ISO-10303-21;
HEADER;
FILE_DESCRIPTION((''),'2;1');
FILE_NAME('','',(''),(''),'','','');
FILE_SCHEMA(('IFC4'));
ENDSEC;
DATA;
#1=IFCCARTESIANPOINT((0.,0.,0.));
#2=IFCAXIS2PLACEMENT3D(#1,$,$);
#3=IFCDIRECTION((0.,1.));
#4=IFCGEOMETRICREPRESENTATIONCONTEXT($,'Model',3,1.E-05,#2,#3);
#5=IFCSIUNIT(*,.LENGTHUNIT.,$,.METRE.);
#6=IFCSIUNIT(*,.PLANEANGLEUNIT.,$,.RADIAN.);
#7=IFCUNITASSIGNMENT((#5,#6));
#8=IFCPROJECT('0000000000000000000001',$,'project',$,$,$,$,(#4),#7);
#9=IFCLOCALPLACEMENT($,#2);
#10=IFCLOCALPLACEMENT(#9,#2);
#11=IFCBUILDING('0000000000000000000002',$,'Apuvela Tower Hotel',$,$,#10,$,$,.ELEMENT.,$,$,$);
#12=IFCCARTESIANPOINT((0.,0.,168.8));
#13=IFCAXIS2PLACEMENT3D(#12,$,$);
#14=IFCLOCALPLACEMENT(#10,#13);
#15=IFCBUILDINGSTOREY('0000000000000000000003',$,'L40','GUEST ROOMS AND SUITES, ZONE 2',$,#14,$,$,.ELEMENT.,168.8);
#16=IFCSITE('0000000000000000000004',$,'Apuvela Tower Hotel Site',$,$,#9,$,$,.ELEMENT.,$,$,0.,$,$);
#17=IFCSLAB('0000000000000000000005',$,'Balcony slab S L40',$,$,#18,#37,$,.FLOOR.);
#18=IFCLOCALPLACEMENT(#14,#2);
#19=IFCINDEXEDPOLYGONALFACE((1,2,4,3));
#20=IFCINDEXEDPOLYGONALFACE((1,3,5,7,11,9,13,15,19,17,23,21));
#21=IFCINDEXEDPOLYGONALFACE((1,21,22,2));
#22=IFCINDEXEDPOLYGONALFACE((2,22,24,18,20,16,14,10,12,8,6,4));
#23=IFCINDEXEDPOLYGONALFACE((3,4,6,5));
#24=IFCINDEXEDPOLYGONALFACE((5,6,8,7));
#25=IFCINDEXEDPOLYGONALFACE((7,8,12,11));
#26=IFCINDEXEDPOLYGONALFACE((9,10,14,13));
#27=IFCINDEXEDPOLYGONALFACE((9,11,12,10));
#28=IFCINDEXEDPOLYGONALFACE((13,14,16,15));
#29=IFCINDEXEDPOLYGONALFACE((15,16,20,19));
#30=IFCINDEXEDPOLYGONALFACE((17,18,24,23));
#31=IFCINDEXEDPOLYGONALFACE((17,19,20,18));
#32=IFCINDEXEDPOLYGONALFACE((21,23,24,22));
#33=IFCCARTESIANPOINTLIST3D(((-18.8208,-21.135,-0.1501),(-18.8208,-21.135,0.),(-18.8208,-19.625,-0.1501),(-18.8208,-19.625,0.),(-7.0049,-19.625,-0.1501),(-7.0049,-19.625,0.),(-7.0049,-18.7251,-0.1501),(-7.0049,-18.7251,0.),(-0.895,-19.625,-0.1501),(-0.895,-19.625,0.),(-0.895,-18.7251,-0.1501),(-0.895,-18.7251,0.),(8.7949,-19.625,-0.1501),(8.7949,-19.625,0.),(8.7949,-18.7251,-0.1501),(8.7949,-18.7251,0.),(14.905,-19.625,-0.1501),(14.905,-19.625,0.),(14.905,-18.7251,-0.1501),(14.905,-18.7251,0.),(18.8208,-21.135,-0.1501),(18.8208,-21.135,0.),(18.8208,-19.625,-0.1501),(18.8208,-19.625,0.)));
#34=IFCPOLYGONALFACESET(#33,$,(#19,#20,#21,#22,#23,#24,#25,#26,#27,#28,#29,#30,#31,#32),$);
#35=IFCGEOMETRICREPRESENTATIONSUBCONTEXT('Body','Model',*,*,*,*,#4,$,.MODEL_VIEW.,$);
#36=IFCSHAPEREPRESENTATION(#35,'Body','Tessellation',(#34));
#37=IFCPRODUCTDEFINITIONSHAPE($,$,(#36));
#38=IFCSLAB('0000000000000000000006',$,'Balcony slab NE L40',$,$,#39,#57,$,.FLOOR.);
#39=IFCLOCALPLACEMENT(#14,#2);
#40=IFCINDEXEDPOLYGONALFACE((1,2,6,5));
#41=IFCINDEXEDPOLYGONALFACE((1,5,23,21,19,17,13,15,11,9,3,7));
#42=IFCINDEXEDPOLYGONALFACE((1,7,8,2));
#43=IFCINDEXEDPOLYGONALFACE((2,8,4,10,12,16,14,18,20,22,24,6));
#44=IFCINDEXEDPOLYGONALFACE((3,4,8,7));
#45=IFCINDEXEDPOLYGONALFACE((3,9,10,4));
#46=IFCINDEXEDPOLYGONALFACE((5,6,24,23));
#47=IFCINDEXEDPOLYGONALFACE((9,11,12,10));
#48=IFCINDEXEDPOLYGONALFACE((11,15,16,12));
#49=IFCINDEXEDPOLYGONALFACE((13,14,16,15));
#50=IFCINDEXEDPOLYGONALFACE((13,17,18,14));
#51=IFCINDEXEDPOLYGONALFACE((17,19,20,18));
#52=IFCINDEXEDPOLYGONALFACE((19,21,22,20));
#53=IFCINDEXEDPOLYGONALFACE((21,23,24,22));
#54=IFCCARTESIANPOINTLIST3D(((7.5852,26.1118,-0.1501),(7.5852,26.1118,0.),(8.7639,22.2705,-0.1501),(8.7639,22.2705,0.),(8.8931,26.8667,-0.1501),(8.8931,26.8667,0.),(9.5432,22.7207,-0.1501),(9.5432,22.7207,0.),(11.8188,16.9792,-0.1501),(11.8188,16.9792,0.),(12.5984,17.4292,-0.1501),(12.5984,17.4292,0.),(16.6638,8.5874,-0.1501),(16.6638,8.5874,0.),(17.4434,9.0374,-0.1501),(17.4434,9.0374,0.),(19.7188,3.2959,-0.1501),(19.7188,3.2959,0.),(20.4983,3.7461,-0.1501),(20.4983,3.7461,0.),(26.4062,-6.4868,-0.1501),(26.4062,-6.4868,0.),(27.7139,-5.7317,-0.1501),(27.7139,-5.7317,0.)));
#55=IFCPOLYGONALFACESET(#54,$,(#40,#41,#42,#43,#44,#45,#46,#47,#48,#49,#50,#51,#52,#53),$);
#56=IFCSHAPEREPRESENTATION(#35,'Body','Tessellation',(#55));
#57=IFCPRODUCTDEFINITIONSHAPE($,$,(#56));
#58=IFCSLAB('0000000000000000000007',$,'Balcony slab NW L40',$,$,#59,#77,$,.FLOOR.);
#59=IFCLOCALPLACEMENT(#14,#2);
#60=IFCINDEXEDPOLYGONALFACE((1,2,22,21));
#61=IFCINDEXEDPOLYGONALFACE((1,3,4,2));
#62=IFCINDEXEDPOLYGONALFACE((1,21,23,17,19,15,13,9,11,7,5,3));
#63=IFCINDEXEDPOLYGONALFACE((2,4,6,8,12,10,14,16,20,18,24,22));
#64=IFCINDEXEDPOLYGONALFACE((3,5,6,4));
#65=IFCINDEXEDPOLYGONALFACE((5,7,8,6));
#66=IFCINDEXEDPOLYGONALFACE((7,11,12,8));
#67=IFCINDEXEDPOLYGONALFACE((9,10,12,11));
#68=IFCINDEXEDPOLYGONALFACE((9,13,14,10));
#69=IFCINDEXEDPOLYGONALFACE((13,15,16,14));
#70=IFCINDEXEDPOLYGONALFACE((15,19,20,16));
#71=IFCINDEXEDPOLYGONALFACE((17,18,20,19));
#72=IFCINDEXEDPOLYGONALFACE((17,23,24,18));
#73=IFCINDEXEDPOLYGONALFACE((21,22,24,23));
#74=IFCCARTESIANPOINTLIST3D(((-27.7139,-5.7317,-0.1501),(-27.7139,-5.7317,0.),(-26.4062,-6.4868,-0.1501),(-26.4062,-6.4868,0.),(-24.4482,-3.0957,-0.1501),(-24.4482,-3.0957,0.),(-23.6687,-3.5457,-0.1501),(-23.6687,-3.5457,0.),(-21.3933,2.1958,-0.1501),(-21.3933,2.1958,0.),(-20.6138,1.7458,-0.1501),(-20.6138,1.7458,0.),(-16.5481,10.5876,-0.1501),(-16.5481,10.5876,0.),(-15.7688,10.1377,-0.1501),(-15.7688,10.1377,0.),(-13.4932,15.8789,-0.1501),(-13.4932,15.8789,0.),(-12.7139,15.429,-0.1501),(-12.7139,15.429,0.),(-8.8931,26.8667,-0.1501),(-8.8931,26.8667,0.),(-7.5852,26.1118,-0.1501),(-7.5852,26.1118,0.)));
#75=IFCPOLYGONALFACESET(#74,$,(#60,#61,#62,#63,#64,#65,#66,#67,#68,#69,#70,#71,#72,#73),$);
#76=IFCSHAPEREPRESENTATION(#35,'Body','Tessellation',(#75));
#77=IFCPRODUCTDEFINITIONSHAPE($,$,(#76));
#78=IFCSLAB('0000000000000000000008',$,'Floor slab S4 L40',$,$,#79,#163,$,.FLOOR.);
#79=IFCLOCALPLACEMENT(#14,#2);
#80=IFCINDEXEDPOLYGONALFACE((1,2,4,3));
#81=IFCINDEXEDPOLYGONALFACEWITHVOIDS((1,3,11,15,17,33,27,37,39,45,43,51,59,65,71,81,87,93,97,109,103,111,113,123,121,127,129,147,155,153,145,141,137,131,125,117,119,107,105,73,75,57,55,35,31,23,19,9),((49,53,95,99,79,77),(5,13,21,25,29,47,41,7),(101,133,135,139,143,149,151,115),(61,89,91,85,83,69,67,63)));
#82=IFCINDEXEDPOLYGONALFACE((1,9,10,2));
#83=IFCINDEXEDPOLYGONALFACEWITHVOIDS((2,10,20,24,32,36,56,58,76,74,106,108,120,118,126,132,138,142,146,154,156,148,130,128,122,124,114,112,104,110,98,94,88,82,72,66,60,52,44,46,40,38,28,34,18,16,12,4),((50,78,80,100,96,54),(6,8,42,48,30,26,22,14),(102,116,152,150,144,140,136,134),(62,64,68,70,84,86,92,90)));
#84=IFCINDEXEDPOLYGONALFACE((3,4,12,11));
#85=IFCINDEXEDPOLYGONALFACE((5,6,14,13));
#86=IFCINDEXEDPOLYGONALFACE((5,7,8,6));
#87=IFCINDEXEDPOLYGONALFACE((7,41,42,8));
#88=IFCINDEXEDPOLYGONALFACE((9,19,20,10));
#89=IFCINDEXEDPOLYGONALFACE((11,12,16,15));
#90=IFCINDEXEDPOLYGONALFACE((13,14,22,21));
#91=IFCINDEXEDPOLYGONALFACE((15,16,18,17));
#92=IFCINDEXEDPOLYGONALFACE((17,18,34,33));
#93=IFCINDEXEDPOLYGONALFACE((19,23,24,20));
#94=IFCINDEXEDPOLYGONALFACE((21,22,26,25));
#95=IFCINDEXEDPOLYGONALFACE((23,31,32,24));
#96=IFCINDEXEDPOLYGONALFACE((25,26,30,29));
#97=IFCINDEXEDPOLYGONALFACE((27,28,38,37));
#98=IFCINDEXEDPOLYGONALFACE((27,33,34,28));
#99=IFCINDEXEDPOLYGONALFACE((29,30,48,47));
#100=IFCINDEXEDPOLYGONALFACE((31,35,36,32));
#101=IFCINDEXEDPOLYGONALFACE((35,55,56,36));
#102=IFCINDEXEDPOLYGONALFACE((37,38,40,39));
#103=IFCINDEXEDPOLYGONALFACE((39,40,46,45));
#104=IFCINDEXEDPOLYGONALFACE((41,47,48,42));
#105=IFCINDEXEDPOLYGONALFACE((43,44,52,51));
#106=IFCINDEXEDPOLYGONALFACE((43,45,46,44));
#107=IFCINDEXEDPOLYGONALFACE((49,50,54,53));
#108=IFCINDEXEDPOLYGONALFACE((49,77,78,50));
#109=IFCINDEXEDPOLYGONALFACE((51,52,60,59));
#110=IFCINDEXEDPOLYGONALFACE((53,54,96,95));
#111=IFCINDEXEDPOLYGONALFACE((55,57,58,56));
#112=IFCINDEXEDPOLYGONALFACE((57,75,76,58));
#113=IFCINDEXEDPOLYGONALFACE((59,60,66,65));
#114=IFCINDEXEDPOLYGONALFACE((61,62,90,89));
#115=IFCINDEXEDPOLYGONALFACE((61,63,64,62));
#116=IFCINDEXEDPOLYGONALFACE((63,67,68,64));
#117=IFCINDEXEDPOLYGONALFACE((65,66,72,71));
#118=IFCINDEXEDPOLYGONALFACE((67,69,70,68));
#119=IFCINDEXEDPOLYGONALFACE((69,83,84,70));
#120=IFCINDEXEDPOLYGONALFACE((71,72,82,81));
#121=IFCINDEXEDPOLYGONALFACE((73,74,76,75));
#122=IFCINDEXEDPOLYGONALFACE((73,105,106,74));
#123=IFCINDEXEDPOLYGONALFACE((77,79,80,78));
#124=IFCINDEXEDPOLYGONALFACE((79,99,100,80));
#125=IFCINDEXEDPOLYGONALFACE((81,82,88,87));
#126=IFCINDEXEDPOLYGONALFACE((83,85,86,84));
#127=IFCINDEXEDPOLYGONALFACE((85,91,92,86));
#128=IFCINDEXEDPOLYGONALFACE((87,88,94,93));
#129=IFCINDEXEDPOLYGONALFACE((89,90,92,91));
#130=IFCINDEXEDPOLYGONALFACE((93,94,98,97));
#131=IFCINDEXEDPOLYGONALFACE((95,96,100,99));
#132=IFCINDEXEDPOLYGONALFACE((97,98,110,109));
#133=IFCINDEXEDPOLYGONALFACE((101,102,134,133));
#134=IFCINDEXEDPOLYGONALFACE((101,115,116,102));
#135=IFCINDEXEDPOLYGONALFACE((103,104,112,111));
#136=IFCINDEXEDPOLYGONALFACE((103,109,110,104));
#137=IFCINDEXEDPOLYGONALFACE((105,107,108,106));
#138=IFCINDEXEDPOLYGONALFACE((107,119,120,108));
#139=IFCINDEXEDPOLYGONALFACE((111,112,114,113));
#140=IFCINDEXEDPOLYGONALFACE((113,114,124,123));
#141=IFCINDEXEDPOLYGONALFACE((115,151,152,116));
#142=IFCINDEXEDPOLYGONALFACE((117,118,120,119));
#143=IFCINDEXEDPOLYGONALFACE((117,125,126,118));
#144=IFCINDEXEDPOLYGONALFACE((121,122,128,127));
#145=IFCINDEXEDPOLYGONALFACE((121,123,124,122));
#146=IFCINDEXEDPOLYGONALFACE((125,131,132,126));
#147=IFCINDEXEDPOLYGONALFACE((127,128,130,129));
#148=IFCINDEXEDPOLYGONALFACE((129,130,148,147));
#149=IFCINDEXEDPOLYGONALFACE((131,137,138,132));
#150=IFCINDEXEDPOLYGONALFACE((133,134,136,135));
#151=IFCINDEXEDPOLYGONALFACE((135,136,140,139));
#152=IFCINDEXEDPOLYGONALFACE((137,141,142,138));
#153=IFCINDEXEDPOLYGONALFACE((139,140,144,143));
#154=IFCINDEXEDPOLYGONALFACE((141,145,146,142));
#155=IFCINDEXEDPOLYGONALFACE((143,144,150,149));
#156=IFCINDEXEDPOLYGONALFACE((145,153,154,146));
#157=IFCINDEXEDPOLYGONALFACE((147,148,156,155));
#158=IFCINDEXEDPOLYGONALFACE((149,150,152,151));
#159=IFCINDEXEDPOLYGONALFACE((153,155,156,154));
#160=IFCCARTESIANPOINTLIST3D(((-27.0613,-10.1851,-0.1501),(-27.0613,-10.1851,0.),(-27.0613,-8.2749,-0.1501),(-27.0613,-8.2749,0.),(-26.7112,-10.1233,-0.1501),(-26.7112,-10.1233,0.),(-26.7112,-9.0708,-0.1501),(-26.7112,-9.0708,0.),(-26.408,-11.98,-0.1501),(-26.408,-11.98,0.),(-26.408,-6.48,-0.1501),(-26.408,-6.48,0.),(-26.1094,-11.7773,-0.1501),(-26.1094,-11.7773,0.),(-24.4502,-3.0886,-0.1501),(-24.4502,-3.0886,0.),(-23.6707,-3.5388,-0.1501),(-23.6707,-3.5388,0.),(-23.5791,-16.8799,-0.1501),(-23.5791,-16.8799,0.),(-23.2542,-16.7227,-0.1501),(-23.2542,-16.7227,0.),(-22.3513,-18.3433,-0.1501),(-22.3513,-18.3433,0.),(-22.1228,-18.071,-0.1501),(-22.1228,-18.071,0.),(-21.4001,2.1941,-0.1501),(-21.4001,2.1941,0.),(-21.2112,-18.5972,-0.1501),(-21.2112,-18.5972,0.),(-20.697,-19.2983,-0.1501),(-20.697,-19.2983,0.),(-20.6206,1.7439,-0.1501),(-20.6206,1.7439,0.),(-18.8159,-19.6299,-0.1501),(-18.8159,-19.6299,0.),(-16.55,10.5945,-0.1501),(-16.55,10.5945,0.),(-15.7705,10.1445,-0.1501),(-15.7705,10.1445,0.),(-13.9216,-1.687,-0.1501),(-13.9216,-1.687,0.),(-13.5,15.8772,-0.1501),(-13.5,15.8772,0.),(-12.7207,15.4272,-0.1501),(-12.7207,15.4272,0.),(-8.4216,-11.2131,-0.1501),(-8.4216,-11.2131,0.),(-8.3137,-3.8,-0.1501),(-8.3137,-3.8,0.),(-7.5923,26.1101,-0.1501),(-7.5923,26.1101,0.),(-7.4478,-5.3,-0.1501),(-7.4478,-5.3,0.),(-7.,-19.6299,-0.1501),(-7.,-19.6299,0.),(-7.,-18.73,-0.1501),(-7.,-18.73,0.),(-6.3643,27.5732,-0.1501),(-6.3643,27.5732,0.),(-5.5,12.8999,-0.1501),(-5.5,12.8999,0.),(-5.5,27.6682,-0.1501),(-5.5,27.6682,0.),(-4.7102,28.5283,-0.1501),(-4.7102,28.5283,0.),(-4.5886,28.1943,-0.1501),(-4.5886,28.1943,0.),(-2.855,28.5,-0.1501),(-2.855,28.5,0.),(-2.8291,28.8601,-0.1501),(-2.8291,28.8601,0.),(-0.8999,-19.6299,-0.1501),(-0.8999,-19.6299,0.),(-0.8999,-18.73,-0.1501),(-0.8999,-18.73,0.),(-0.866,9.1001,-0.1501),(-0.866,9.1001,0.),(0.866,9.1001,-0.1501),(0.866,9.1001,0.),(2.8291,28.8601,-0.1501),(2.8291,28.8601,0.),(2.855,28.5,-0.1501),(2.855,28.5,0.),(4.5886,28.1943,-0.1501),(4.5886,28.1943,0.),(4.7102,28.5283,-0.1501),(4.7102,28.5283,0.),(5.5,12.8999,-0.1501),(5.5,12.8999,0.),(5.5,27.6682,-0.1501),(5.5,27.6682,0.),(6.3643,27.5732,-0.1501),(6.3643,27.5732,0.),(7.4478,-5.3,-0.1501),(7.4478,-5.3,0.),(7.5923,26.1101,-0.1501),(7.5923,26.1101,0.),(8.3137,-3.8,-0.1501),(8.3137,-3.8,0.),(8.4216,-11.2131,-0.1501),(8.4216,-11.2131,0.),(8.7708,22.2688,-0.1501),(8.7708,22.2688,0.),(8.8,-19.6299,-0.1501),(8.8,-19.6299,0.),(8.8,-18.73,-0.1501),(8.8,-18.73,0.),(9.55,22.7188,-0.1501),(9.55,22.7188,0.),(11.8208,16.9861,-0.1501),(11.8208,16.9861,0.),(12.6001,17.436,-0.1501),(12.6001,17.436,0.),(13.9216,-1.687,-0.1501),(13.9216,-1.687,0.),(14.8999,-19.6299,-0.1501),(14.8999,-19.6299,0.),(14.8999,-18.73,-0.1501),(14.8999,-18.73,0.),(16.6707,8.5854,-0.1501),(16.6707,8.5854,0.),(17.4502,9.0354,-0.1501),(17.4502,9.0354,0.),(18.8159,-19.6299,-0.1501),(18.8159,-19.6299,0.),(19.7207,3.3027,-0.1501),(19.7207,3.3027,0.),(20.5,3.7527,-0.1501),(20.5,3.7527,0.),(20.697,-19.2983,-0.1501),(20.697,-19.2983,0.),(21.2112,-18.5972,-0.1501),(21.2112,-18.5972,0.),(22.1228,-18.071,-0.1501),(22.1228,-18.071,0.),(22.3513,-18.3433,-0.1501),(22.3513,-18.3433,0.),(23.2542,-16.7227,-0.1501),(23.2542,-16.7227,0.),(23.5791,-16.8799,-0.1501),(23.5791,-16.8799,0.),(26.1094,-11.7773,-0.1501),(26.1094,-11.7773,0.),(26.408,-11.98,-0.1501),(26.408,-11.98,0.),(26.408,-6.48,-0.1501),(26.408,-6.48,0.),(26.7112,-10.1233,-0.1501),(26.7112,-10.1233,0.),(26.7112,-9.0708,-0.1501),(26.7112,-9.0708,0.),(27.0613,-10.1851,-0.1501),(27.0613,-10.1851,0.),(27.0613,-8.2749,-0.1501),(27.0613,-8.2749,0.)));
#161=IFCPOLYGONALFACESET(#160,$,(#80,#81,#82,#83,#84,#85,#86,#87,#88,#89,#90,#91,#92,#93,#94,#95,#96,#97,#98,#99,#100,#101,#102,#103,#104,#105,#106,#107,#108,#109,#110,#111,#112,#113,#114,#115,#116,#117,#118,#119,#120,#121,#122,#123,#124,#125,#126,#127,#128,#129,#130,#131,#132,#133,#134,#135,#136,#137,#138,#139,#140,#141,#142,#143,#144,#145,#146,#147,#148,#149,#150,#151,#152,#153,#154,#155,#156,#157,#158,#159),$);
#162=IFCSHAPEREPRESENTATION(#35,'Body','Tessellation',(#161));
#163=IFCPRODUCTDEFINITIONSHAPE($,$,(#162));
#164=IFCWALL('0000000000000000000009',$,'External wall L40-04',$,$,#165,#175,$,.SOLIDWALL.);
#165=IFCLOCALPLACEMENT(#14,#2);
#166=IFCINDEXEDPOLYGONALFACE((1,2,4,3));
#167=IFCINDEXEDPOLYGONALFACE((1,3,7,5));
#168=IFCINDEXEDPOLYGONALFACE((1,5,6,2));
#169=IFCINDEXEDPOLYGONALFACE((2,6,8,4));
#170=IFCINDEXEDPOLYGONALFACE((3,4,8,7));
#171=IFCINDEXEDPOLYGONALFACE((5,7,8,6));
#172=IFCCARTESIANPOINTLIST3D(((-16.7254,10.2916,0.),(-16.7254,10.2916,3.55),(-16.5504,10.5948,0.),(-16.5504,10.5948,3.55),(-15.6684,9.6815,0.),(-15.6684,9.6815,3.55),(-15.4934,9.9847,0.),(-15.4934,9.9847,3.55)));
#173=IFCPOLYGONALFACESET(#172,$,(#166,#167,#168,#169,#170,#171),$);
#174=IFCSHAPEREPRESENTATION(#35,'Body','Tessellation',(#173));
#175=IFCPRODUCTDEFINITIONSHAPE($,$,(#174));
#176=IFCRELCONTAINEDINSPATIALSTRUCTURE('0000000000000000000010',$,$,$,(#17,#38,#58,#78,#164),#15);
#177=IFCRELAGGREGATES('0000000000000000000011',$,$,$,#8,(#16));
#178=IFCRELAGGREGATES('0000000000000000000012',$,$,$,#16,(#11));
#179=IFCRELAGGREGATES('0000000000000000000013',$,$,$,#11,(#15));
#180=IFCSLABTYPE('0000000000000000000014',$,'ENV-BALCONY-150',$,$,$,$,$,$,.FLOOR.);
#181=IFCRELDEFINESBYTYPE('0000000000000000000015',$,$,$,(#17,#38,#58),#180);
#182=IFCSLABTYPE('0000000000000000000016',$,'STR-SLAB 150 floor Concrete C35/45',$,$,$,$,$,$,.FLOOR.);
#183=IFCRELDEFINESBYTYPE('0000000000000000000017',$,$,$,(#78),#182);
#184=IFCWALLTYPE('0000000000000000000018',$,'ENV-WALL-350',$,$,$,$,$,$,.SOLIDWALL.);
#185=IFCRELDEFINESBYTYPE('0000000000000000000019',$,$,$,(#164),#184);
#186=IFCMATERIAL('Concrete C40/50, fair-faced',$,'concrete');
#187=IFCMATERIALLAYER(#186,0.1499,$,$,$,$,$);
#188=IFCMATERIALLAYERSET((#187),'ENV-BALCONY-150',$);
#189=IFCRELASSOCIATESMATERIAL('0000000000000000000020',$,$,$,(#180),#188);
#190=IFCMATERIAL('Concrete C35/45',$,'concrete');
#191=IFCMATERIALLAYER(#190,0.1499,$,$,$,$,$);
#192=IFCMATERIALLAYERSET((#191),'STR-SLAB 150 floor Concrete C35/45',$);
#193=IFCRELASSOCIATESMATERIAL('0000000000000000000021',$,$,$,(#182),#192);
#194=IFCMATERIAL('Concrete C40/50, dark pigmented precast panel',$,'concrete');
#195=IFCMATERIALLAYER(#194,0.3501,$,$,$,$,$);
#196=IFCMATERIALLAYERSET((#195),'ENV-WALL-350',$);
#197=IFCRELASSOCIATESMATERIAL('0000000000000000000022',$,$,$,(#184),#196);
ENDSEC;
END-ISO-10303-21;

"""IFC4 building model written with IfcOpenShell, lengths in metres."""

from ifc_helpers import new_model, si_unit, direction, frame, frame_2d, origin, place, context, subcontext, project, spatial, polyline, rectangle, outline, extrude, material, layer, layer_set, type_object, element, save


model = new_model("IFC4")

# Units and contexts
model_context = context("Model", 3, precision=1e-05, world=origin(), true_north=direction((0.0, 1.0)))
body_context = subcontext(model_context, "Body", "Model", "MODEL_VIEW")
ifc_project = project(units=[si_unit("LENGTHUNIT", "METRE"), si_unit("PLANEANGLEUNIT", "RADIAN")], contexts=[model_context])

# Site, building, storey
site_placement = place(None, origin())
site = spatial("IfcSite", under=ifc_project, at=site_placement, Name="Apuvela Tower Hotel Site", CompositionType="ELEMENT", RefElevation=0.0)
building_placement = place(site_placement, origin())
building = spatial("IfcBuilding", under=site, at=building_placement, Name="Apuvela Tower Hotel", CompositionType="ELEMENT")
storey_placement = place(building_placement, frame((0.0, 0.0, 168.8)))
storey = spatial("IfcBuildingStorey", under=building, at=storey_placement, Name="L40", Description="GUEST ROOMS AND SUITES, ZONE 2", CompositionType="ELEMENT", Elevation=168.8)

# Slabs
ifc_material_1 = material(Name="Concrete C40/50, fair-faced", Category="concrete")
ifc_layer_1 = layer(ifc_material_1, 0.1499)
ifc_layer_set_1 = layer_set([ifc_layer_1], Name="ENV-BALCONY-150")
slab_type_1 = type_object("IfcSlabType", Name="ENV-BALCONY-150", PredefinedType="FLOOR", material=ifc_layer_set_1)
slab_1_placement = place(storey_placement, frame((0.0, 0.0, -0.1501)))
element("IfcSlab", 1, at=slab_1_placement, inside=storey, type_object=slab_type_1, Name="Balcony slab S L40", PredefinedType="FLOOR", context=body_context, shape_type="SweptSolid", body=[
    extrude(outline(polyline([(18.8208, -21.135), (-18.8208, -21.135), (-18.8208, -19.625), (-7.0049, -19.625), (-7.0049, -18.7251), (-0.895, -18.7251), (-0.895, -19.625), (8.7949, -19.625), (8.7949, -18.7251), (14.905, -18.7251), (14.905, -19.625), (18.8208, -19.625), (18.8208, -21.135)])), origin(), (0.0, 0.0, 1.0), 0.1501),
])
slab_2_placement = place(storey_placement, frame((0.0, 0.0, -0.1501)))
element("IfcSlab", 2, at=slab_2_placement, inside=storey, type_object=slab_type_1, Name="Balcony slab NE L40", PredefinedType="FLOOR", context=body_context, shape_type="SweptSolid", body=[
    extrude(outline(polyline([(17.4434, 9.0374), (12.5984, 17.4292), (11.8188, 16.9792), (8.7639, 22.2705), (9.5432, 22.7207), (7.5852, 26.1118), (8.8931, 26.8667), (27.7139, -5.7317), (26.4062, -6.4868), (20.4983, 3.7461), (19.7188, 3.2959), (16.6638, 8.5874), (17.4434, 9.0374)])), origin(), (0.0, 0.0, 1.0), 0.1501),
])
slab_3_placement = place(storey_placement, frame((0.0, 0.0, -0.1501)))
element("IfcSlab", 3, at=slab_3_placement, inside=storey, type_object=slab_type_1, Name="Balcony slab NW L40", PredefinedType="FLOOR", context=body_context, shape_type="SweptSolid", body=[
    extrude(outline(polyline([(-27.7139, -5.7317), (-8.8931, 26.8667), (-7.5852, 26.1118), (-13.4932, 15.8789), (-12.7139, 15.429), (-15.7688, 10.1377), (-16.5481, 10.5876), (-21.3933, 2.1958), (-20.6138, 1.7458), (-23.6687, -3.5457), (-24.4482, -3.0957), (-26.4062, -6.4868), (-27.7139, -5.7317)])), origin(), (0.0, 0.0, 1.0), 0.1501),
])
ifc_material_2 = material(Name="Concrete C35/45", Category="concrete")
ifc_layer_2 = layer(ifc_material_2, 0.1499)
ifc_layer_set_2 = layer_set([ifc_layer_2], Name="STR-SLAB 150 floor Concrete C35/45")
slab_type_2 = type_object("IfcSlabType", Name="STR-SLAB 150 floor Concrete C35/45", PredefinedType="FLOOR", material=ifc_layer_set_2)
slab_4_placement = place(storey_placement, frame((0.0, 0.0, -0.1501)))
element("IfcSlab", 4, at=slab_4_placement, inside=storey, type_object=slab_type_2, Name="Floor slab S4 L40", PredefinedType="FLOOR", context=body_context, shape_type="SweptSolid", body=[
    extrude(outline(polyline([(-6.3643, 27.5732), (-4.7102, 28.5283), (-2.8291, 28.8601), (2.8291, 28.8601), (4.7102, 28.5283), (6.3643, 27.5732), (7.5923, 26.1101), (9.55, 22.7188), (8.7708, 22.2688), (11.8208, 16.9861), (12.6001, 17.436), (17.4502, 9.0354), (16.6707, 8.5854), (19.7207, 3.3027), (20.5, 3.7527), (26.408, -6.48), (27.0613, -8.2749), (27.0613, -10.1851), (26.408, -11.98), (23.5791, -16.8799), (22.3513, -18.3433), (20.697, -19.2983), (18.8159, -19.6299), (14.8999, -19.6299), (14.8999, -18.73), (8.8, -18.73), (8.8, -19.6299), (-0.8999, -19.6299), (-0.8999, -18.73), (-7.0, -18.73), (-7.0, -19.6299), (-18.8159, -19.6299), (-20.697, -19.2983), (-22.3513, -18.3433), (-23.5791, -16.8799), (-26.408, -11.98), (-27.0613, -10.1851), (-27.0613, -8.2749), (-26.408, -6.48), (-24.4502, -3.0886), (-23.6707, -3.5388), (-20.6206, 1.7439), (-21.4001, 2.1941), (-16.55, 10.5945), (-15.7705, 10.1445), (-12.7207, 15.4272), (-13.5, 15.8772), (-7.5923, 26.1101), (-6.3643, 27.5732)]), holes=[polyline([(0.866, 9.1001), (-0.866, 9.1001), (-8.3137, -3.8), (-7.4478, -5.3), (7.4478, -5.3), (8.3137, -3.8), (0.866, 9.1001)]), polyline([(-5.5, 12.8999), (-5.5, 27.6682), (-4.5886, 28.1943), (-2.855, 28.5), (2.855, 28.5), (4.5886, 28.1943), (5.5, 27.6682), (5.5, 12.8999), (-5.5, 12.8999)]), polyline([(-8.4216, -11.2131), (-21.2112, -18.5972), (-22.1228, -18.071), (-23.2542, -16.7227), (-26.1094, -11.7773), (-26.7112, -10.1233), (-26.7112, -9.0708), (-13.9216, -1.687), (-8.4216, -11.2131)]), polyline([(13.9216, -1.687), (26.7112, -9.0708), (26.7112, -10.1233), (26.1094, -11.7773), (23.2542, -16.7227), (22.1228, -18.071), (21.2112, -18.5972), (8.4216, -11.2131), (13.9216, -1.687)])]), origin(), (0.0, 0.0, 1.0), 0.1501),
])

# Wall
ifc_material_3 = material(Name="Concrete C40/50, dark pigmented precast panel", Category="concrete")
ifc_layer_3 = layer(ifc_material_3, 0.3501)
ifc_layer_set_3 = layer_set([ifc_layer_3], Name="ENV-WALL-350")
wall_type_1 = type_object("IfcWallType", Name="ENV-WALL-350", PredefinedType="SOLIDWALL", material=ifc_layer_set_3)
wall_1_placement = place(storey_placement, frame((-15.5808, 9.833, 0.0), z_axis=(0.0, 0.0, 1.0), x_axis=(-0.866056, 0.499948, 0.0)))
element("IfcWall", 5, at=wall_1_placement, inside=storey, type_object=wall_type_1, Name="External wall L40-04", PredefinedType="SOLIDWALL", context=body_context, shape_type="SweptSolid", body=[
    extrude(rectangle(XDim=1.2205, YDim=0.3501, at=frame_2d((0.6104, 0.0))), origin(), (0.0, 0.0, 1.0), 3.55),
])

save(model, "model.ifc")
